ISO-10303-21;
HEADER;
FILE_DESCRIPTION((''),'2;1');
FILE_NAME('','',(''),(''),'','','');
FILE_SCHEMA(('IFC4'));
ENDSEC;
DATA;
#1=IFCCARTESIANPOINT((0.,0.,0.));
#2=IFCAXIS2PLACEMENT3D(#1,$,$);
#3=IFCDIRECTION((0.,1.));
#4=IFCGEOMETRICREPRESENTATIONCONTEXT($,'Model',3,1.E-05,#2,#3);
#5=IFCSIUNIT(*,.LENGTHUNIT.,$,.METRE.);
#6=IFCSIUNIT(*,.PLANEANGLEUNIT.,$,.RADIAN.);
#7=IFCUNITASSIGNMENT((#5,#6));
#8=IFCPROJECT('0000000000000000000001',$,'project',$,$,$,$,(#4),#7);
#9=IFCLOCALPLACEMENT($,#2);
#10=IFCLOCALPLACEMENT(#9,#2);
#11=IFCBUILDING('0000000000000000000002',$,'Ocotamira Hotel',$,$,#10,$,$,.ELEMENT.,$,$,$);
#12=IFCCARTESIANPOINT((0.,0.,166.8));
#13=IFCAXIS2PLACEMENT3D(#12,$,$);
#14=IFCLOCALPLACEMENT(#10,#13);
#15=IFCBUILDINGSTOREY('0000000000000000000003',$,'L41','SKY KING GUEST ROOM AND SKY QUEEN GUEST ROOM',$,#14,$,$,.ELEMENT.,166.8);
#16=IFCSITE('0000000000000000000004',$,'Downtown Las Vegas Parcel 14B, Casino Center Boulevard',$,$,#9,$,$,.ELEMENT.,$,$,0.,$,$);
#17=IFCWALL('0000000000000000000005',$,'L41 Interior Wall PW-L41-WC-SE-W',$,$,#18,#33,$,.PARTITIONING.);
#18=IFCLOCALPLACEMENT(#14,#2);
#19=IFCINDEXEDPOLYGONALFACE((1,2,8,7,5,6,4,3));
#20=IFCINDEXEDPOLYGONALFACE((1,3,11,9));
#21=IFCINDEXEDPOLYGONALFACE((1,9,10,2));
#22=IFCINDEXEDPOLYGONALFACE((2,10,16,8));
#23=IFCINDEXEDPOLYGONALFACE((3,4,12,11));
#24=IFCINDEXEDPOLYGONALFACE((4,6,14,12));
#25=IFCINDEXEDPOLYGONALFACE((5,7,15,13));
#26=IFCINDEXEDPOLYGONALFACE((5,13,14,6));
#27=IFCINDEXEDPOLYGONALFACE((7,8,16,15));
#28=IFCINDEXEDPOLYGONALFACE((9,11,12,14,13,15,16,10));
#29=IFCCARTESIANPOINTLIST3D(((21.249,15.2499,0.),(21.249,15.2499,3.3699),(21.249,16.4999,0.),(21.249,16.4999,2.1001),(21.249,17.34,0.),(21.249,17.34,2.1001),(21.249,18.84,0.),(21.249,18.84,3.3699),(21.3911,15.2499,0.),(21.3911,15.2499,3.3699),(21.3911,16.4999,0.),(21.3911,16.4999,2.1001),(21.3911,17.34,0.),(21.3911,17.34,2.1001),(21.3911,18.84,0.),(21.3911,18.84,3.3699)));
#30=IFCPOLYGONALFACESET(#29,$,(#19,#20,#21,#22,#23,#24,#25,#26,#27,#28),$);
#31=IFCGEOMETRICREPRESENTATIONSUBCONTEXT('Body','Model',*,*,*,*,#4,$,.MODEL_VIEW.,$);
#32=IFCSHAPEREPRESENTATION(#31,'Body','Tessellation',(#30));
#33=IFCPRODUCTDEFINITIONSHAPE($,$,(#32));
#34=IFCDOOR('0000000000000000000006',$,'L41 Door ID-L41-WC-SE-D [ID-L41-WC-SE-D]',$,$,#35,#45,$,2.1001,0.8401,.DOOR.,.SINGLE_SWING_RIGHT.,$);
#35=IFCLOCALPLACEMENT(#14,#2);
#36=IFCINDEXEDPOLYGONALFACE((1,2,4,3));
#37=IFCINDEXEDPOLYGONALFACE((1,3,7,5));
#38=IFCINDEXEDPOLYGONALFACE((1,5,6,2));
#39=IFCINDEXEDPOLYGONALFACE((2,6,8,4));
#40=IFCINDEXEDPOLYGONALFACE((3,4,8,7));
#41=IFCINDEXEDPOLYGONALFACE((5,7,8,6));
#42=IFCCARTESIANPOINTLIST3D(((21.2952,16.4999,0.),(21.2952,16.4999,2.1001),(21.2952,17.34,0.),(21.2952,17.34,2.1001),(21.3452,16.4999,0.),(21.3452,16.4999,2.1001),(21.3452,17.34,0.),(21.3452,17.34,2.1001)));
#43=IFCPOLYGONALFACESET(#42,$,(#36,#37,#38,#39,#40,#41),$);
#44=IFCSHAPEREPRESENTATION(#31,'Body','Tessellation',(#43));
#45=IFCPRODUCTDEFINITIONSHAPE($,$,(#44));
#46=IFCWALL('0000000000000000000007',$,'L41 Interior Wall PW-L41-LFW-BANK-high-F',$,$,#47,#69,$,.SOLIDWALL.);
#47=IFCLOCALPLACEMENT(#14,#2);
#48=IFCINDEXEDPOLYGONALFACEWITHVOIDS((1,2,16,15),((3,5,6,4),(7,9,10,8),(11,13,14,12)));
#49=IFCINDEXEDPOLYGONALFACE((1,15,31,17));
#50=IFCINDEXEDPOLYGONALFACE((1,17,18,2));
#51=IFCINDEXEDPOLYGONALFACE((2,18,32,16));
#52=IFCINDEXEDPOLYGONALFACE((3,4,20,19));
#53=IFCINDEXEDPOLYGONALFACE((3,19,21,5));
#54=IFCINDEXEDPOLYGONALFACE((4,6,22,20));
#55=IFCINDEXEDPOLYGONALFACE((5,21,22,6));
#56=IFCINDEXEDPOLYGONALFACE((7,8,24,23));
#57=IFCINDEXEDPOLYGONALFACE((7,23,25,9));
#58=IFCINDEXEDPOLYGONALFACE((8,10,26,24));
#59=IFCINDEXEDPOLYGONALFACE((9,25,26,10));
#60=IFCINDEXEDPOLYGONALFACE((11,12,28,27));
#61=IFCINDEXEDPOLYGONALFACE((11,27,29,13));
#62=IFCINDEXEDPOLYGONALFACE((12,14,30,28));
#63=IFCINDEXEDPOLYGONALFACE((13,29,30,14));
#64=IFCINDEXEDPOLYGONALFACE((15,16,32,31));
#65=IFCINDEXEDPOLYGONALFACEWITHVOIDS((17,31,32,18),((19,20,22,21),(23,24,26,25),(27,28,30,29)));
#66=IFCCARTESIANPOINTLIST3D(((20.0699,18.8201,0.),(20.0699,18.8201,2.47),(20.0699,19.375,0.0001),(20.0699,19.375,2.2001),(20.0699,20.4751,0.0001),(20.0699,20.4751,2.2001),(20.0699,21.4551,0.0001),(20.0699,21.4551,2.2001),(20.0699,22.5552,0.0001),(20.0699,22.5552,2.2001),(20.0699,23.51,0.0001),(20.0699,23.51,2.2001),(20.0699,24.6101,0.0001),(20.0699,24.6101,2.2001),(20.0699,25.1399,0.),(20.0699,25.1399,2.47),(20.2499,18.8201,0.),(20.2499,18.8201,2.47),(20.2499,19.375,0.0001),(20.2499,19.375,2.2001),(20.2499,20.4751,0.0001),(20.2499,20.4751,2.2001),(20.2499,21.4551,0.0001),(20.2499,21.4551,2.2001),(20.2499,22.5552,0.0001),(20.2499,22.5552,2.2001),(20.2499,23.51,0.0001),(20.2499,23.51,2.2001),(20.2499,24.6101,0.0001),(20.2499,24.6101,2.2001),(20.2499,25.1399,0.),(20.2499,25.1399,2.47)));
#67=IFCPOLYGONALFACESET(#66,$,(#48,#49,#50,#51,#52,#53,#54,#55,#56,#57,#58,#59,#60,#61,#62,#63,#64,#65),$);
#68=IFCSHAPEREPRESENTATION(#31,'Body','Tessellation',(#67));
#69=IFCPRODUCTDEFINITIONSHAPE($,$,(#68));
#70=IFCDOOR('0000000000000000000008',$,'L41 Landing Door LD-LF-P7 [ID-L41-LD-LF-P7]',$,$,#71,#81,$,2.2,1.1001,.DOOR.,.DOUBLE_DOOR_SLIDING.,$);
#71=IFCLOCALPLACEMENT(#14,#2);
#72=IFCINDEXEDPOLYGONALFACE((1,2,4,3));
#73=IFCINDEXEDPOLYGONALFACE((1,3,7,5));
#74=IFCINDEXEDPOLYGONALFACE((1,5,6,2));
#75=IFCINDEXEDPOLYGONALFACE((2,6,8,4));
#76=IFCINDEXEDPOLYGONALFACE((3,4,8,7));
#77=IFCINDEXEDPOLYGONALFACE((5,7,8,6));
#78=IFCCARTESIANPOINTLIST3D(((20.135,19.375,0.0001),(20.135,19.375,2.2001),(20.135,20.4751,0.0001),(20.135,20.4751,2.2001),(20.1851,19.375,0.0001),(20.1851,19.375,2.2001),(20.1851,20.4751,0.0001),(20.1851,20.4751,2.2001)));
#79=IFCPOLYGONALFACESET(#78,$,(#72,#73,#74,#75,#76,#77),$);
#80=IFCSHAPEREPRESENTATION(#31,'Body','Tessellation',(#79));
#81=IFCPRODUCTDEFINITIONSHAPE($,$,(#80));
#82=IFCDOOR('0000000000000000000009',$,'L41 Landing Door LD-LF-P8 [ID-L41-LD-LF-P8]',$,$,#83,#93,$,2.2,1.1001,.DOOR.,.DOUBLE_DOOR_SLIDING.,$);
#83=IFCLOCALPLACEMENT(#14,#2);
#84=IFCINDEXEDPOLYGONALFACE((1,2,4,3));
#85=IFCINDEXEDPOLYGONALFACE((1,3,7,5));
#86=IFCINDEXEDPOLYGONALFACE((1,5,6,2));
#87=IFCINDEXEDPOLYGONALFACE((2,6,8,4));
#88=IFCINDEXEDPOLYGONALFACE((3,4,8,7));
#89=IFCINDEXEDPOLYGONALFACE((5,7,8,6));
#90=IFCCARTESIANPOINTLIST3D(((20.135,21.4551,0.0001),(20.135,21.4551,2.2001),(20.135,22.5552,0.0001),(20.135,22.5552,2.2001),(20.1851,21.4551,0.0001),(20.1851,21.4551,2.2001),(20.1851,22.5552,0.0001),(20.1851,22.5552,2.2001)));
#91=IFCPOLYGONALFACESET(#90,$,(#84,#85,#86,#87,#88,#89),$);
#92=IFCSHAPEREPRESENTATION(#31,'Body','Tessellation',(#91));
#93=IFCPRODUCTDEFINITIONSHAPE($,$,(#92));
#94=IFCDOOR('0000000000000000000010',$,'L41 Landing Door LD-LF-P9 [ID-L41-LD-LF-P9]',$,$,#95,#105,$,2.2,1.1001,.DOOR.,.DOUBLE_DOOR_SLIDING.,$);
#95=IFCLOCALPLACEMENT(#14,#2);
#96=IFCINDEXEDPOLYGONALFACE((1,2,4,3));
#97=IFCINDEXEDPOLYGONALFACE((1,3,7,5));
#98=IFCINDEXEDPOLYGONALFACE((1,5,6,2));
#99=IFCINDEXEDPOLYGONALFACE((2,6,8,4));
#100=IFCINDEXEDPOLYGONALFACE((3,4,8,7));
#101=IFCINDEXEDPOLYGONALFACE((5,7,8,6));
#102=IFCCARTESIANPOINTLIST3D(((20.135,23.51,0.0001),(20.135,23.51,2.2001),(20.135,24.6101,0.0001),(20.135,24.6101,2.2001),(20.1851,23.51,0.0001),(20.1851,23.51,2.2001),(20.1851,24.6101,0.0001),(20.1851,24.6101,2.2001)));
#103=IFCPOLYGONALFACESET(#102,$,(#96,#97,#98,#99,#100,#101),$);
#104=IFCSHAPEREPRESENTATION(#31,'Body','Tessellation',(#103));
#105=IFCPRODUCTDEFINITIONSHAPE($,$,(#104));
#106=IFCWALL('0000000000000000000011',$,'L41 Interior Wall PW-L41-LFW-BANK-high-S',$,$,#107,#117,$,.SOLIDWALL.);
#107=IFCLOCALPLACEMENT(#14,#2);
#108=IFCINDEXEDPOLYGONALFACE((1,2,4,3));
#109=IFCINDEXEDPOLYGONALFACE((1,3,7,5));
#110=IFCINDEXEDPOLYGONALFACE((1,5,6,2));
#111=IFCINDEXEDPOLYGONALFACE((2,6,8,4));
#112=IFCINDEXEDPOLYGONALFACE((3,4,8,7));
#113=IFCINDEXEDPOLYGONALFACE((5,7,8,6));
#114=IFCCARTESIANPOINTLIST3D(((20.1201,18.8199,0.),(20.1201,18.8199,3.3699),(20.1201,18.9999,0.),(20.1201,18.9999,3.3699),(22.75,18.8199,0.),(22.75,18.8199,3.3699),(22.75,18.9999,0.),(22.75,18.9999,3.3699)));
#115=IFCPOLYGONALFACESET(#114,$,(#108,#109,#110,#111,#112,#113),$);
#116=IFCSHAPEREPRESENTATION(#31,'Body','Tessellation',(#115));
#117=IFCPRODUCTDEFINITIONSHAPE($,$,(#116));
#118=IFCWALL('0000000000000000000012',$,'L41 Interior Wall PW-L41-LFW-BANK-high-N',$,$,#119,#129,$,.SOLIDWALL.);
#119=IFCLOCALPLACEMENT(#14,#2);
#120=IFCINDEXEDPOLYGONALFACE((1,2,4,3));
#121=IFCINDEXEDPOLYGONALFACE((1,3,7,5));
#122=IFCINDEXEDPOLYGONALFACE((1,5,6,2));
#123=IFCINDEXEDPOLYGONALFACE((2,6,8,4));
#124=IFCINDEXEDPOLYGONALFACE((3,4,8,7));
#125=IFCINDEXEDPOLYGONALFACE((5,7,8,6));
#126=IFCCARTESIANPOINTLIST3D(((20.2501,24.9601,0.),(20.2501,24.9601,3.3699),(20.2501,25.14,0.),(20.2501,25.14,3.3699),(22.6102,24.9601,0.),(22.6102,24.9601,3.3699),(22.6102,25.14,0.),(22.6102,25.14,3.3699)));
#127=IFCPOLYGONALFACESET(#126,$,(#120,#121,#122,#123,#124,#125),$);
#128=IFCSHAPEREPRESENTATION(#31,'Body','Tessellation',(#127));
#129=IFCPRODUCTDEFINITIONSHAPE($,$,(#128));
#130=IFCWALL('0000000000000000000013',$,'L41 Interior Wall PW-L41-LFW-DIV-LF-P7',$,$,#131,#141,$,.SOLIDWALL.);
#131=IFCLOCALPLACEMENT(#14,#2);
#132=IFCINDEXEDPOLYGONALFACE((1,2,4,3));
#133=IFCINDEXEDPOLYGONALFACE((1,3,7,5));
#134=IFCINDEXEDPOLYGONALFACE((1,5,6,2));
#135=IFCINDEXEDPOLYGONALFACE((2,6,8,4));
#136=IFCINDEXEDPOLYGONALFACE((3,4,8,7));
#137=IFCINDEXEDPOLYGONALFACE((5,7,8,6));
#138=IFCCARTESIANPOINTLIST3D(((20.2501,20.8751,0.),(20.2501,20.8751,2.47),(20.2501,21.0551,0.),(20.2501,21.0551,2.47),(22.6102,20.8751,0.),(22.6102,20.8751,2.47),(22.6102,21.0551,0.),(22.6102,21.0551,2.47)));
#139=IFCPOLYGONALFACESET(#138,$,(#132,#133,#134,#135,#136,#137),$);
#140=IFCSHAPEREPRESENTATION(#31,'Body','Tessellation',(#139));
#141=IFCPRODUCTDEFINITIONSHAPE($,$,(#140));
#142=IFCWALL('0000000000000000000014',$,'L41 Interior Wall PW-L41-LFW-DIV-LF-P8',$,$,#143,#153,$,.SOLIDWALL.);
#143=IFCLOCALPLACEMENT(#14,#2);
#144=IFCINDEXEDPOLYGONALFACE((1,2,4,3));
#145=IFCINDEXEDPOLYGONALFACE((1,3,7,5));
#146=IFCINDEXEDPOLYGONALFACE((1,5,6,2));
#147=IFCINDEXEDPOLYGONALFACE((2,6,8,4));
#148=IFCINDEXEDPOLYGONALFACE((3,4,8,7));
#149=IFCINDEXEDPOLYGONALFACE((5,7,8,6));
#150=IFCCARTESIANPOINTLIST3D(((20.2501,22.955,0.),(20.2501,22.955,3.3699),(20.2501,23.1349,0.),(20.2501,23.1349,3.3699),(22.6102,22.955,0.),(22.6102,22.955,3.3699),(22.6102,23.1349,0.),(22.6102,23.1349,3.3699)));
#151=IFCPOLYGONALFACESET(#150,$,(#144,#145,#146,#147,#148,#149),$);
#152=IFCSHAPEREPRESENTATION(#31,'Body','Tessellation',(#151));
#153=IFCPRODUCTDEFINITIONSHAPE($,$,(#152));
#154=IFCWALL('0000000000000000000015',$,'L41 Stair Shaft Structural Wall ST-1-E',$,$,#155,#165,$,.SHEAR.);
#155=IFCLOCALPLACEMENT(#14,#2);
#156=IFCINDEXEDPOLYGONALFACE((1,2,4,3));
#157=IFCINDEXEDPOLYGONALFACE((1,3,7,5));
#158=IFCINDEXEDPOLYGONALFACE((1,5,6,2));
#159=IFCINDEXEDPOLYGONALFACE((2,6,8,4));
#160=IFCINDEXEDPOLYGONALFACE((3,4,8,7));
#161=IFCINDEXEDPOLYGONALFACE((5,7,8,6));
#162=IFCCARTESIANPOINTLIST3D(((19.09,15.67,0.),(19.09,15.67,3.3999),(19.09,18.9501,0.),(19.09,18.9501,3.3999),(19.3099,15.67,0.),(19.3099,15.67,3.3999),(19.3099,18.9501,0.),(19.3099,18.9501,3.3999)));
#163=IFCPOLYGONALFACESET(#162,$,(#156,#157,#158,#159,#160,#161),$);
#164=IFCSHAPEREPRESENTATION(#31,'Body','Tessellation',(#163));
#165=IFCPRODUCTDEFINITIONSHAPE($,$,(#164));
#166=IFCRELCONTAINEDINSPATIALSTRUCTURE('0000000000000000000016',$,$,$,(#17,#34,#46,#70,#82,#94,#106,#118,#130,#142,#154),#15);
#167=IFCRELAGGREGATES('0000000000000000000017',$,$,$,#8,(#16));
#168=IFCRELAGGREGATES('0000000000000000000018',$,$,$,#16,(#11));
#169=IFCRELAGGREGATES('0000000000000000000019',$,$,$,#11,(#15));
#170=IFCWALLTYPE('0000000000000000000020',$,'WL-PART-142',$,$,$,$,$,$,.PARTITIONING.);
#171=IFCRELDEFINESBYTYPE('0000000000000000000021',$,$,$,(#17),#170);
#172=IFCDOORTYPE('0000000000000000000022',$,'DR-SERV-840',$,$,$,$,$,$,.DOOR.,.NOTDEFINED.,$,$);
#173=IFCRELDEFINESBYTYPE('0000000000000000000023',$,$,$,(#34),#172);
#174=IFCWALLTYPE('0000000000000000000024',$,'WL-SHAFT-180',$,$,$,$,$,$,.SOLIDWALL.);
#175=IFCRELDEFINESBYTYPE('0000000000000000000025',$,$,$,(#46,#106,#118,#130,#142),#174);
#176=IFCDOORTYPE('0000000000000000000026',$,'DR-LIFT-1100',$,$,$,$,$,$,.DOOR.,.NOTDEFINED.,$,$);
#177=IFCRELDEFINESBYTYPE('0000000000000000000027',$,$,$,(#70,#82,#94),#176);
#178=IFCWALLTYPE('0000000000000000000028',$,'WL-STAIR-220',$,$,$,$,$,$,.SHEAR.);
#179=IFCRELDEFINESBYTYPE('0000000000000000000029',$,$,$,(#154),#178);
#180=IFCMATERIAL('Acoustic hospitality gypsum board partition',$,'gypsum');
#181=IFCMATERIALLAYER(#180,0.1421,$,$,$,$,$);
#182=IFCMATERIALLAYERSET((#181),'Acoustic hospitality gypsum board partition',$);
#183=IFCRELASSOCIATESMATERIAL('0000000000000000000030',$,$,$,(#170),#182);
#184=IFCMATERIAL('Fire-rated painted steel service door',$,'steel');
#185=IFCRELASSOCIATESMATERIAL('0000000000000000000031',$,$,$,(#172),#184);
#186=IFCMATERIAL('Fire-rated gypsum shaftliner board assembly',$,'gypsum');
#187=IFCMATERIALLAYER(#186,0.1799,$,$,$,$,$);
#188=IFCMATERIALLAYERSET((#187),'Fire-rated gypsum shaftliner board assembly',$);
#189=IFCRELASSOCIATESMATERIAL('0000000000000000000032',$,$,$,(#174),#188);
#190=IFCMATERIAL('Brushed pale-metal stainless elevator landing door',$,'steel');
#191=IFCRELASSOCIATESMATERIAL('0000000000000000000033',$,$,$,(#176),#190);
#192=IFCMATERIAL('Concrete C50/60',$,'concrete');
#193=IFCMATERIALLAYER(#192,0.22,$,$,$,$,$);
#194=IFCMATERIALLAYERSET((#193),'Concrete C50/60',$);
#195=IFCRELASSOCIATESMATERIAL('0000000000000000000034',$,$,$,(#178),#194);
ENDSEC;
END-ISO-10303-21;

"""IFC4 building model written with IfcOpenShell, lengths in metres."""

from ifc_helpers import new_model, si_unit, direction, frame, frame_2d, origin, place, context, subcontext, project, spatial, rectangle, extrude, source, transform, mapped, material, layer, layer_set, type_object, element, fill, save


model = new_model("IFC4")

# Units and contexts
model_context = context("Model", 3, precision=1e-05, world=origin(), true_north=direction((0.0, 1.0)))
body_context = subcontext(model_context, "Body", "Model", "MODEL_VIEW")
ifc_project = project(units=[si_unit("LENGTHUNIT", "METRE"), si_unit("PLANEANGLEUNIT", "RADIAN")], contexts=[model_context])

# Site, building, storey
site_placement = place(None, origin())
site = spatial("IfcSite", under=ifc_project, at=site_placement, Name="Downtown Las Vegas Parcel 14B, Casino Center Boulevard", CompositionType="ELEMENT", RefElevation=0.0)
building_placement = place(site_placement, origin())
building = spatial("IfcBuilding", under=site, at=building_placement, Name="Ocotamira Hotel", CompositionType="ELEMENT")
storey_placement = place(building_placement, frame((0.0, 0.0, 166.8)))
storey = spatial("IfcBuildingStorey", under=building, at=storey_placement, Name="L41", Description="SKY KING GUEST ROOM AND SKY QUEEN GUEST ROOM", CompositionType="ELEMENT", Elevation=166.8)

# Shared definitions
ifc_material_1 = material(Name="Concrete C50/60", Category="concrete")

# Wall, opening, door
ifc_material_2 = material(Name="Acoustic hospitality gypsum board partition", Category="gypsum")
ifc_layer_1 = layer(ifc_material_2, 0.1421)
ifc_layer_set_1 = layer_set([ifc_layer_1], Name="Acoustic hospitality gypsum board partition")
wall_type_1 = type_object("IfcWallType", Name="WL-PART-142", PredefinedType="PARTITIONING", material=ifc_layer_set_1)
wall_1_placement = place(storey_placement, frame((21.3201, 15.25, 0.0), z_axis=(0.0, 0.0, 1.0), x_axis=(0.0, 1.0, 0.0)))
wall_1 = element("IfcWall", 1, at=wall_1_placement, inside=storey, type_object=wall_type_1, Name="L41 Interior Wall PW-L41-WC-SE-W", PredefinedType="PARTITIONING", context=body_context, shape_type="SweptSolid", body=[
    extrude(rectangle(XDim=3.5901, YDim=0.1421, at=frame_2d((1.7949, 0.0))), origin(), (0.0, 0.0, 1.0), 3.3699),
])
opening_1_placement = place(wall_1_placement, frame((1.25, 0.0, 0.0)))
opening_1 = element("IfcOpeningElement", 2, at=opening_1_placement, cuts=wall_1, PredefinedType="OPENING", context=body_context, shape_type="SweptSolid", body=[
    extrude(rectangle(XDim=0.8401, YDim=2.1001, at=frame_2d((0.4199, 1.05))), frame((0.0, 0.0811, 0.0), z_axis=(0.0, -1.0, 0.0), x_axis=(1.0, 0.0, 0.0)), (0.0, 0.0, 1.0), 0.1621),
])
ifc_material_3 = material(Name="Fire-rated painted steel service door", Category="steel")
door_type_1 = type_object("IfcDoorType", Name="DR-SERV-840", OperationType="NOTDEFINED", PredefinedType="DOOR", material=ifc_material_3)
shared_shape_1 = source(origin(), body_context, "Body", "SweptSolid", [
    extrude(rectangle(XDim=0.8401, YDim=2.1001, at=frame_2d((0.4199, 1.05))), frame((0.0, 0.0249, 0.0), z_axis=(0.0, -1.0, 0.0), x_axis=(1.0, 0.0, 0.0)), (0.0, 0.0, 1.0), 0.05),
])
door_1_placement = place(opening_1_placement, origin())
door_1 = element("IfcDoor", 3, at=door_1_placement, inside=storey, type_object=door_type_1, Name="L41 Door ID-L41-WC-SE-D [ID-L41-WC-SE-D]", OperationType="SINGLE_SWING_RIGHT", OverallHeight=2.1001, OverallWidth=0.8401, PredefinedType="DOOR", context=body_context, shape_type="MappedRepresentation", body=[
    mapped(shared_shape_1, transform((0.0, 0.0, 0.0), scale=1.0)),
])
fill(opening_1, door_1)

# Wall, openings, doors
ifc_material_4 = material(Name="Fire-rated gypsum shaftliner board assembly", Category="gypsum")
ifc_layer_2 = layer(ifc_material_4, 0.1799)
ifc_layer_set_2 = layer_set([ifc_layer_2], Name="Fire-rated gypsum shaftliner board assembly")
wall_type_2 = type_object("IfcWallType", Name="WL-SHAFT-180", PredefinedType="SOLIDWALL", material=ifc_layer_set_2)
wall_2_placement = place(storey_placement, frame((20.1599, 18.8201, 0.0), z_axis=(0.0, 0.0, 1.0), x_axis=(0.0, 1.0, 0.0)))
wall_2 = element("IfcWall", 4, at=wall_2_placement, inside=storey, type_object=wall_type_2, Name="L41 Interior Wall PW-L41-LFW-BANK-high-F", PredefinedType="SOLIDWALL", context=body_context, shape_type="SweptSolid", body=[
    extrude(rectangle(XDim=6.3198, YDim=0.1799, at=frame_2d((3.1599, 0.0))), origin(), (0.0, 0.0, 1.0), 2.47),
])
opening_2_placement = place(wall_2_placement, frame((0.5549, 0.0, 0.0)))
opening_2 = element("IfcOpeningElement", 5, at=opening_2_placement, cuts=wall_2, PredefinedType="OPENING", context=body_context, shape_type="SweptSolid", body=[
    extrude(rectangle(XDim=1.1001, YDim=2.2, at=frame_2d((0.55, 1.1001))), frame((0.0, 0.1001, 0.0), z_axis=(0.0, -1.0, 0.0), x_axis=(1.0, 0.0, 0.0)), (0.0, 0.0, 1.0), 0.2),
])
opening_3_placement = place(wall_2_placement, frame((2.635, 0.0, 0.0)))
opening_3 = element("IfcOpeningElement", 6, at=opening_3_placement, cuts=wall_2, PredefinedType="OPENING", context=body_context, shape_type="SweptSolid", body=[
    extrude(rectangle(XDim=1.1001, YDim=2.2, at=frame_2d((0.55, 1.1001))), frame((0.0, 0.1001, 0.0), z_axis=(0.0, -1.0, 0.0), x_axis=(1.0, 0.0, 0.0)), (0.0, 0.0, 1.0), 0.2),
])
opening_4_placement = place(wall_2_placement, frame((4.6899, 0.0, 0.0)))
opening_4 = element("IfcOpeningElement", 7, at=opening_4_placement, cuts=wall_2, PredefinedType="OPENING", context=body_context, shape_type="SweptSolid", body=[
    extrude(rectangle(XDim=1.1001, YDim=2.2, at=frame_2d((0.55, 1.1001))), frame((0.0, 0.1001, 0.0), z_axis=(0.0, -1.0, 0.0), x_axis=(1.0, 0.0, 0.0)), (0.0, 0.0, 1.0), 0.2),
])
ifc_material_5 = material(Name="Brushed pale-metal stainless elevator landing door", Category="steel")
door_type_2 = type_object("IfcDoorType", Name="DR-LIFT-1100", OperationType="NOTDEFINED", PredefinedType="DOOR", material=ifc_material_5)
shared_shape_2 = source(origin(), body_context, "Body", "SweptSolid", [
    extrude(rectangle(XDim=1.1001, YDim=2.2, at=frame_2d((0.55, 1.1001))), frame((0.0, 0.0249, 0.0), z_axis=(0.0, -1.0, 0.0), x_axis=(1.0, 0.0, 0.0)), (0.0, 0.0, 1.0), 0.05),
])
door_2_placement = place(opening_2_placement, origin())
door_2 = element("IfcDoor", 8, at=door_2_placement, inside=storey, type_object=door_type_2, Name="L41 Landing Door LD-LF-P7 [ID-L41-LD-LF-P7]", OperationType="DOUBLE_DOOR_SLIDING", OverallHeight=2.2, OverallWidth=1.1001, PredefinedType="DOOR", context=body_context, shape_type="MappedRepresentation", body=[
    mapped(shared_shape_2, transform((0.0, 0.0, 0.0), scale=1.0)),
])
fill(opening_2, door_2)
door_3_placement = place(opening_3_placement, origin())
door_3 = element("IfcDoor", 9, at=door_3_placement, inside=storey, type_object=door_type_2, Name="L41 Landing Door LD-LF-P8 [ID-L41-LD-LF-P8]", OperationType="DOUBLE_DOOR_SLIDING", OverallHeight=2.2, OverallWidth=1.1001, PredefinedType="DOOR", context=body_context, shape_type="MappedRepresentation", body=[
    mapped(shared_shape_2, transform((0.0, 0.0, 0.0), scale=1.0)),
])
fill(opening_3, door_3)
door_4_placement = place(opening_4_placement, origin())
door_4 = element("IfcDoor", 10, at=door_4_placement, inside=storey, type_object=door_type_2, Name="L41 Landing Door LD-LF-P9 [ID-L41-LD-LF-P9]", OperationType="DOUBLE_DOOR_SLIDING", OverallHeight=2.2, OverallWidth=1.1001, PredefinedType="DOOR", context=body_context, shape_type="MappedRepresentation", body=[
    mapped(shared_shape_2, transform((0.0, 0.0, 0.0), scale=1.0)),
])
fill(opening_4, door_4)

# Walls
wall_3_placement = place(storey_placement, frame((20.1201, 18.9099, 0.0), z_axis=(0.0, 0.0, 1.0), x_axis=(1.0, 0.0, 0.0)))
element("IfcWall", 11, at=wall_3_placement, inside=storey, type_object=wall_type_2, Name="L41 Interior Wall PW-L41-LFW-BANK-high-S", PredefinedType="SOLIDWALL", context=body_context, shape_type="SweptSolid", body=[
    extrude(rectangle(XDim=2.6299, YDim=0.1799, at=frame_2d((1.3149, 0.0))), origin(), (0.0, 0.0, 1.0), 3.3699),
])
wall_4_placement = place(storey_placement, frame((20.25, 25.05, 0.0), z_axis=(0.0, 0.0, 1.0), x_axis=(1.0, 0.0, 0.0)))
element("IfcWall", 12, at=wall_4_placement, inside=storey, type_object=wall_type_2, Name="L41 Interior Wall PW-L41-LFW-BANK-high-N", PredefinedType="SOLIDWALL", context=body_context, shape_type="SweptSolid", body=[
    extrude(rectangle(XDim=2.3601, YDim=0.1799, at=frame_2d((1.1802, 0.0))), origin(), (0.0, 0.0, 1.0), 3.3699),
])
wall_5_placement = place(storey_placement, frame((20.25, 20.9651, 0.0), z_axis=(0.0, 0.0, 1.0), x_axis=(1.0, 0.0, 0.0)))
element("IfcWall", 13, at=wall_5_placement, inside=storey, type_object=wall_type_2, Name="L41 Interior Wall PW-L41-LFW-DIV-LF-P7", PredefinedType="SOLIDWALL", context=body_context, shape_type="SweptSolid", body=[
    extrude(rectangle(XDim=2.3601, YDim=0.1799, at=frame_2d((1.1802, 0.0))), origin(), (0.0, 0.0, 1.0), 2.47),
])
wall_6_placement = place(storey_placement, frame((20.25, 23.0449, 0.0), z_axis=(0.0, 0.0, 1.0), x_axis=(1.0, 0.0, 0.0)))
element("IfcWall", 14, at=wall_6_placement, inside=storey, type_object=wall_type_2, Name="L41 Interior Wall PW-L41-LFW-DIV-LF-P8", PredefinedType="SOLIDWALL", context=body_context, shape_type="SweptSolid", body=[
    extrude(rectangle(XDim=2.3601, YDim=0.1799, at=frame_2d((1.1802, 0.0))), origin(), (0.0, 0.0, 1.0), 3.3699),
])
ifc_layer_3 = layer(ifc_material_1, 0.22)
ifc_layer_set_3 = layer_set([ifc_layer_3], Name="Concrete C50/60")
wall_type_3 = type_object("IfcWallType", Name="WL-STAIR-220", PredefinedType="SHEAR", material=ifc_layer_set_3)
wall_7_placement = place(storey_placement, frame((19.2, 15.6699, 0.0), z_axis=(0.0, 0.0, 1.0), x_axis=(0.0, 1.0, 0.0)))
element("IfcWall", 15, at=wall_7_placement, inside=storey, type_object=wall_type_3, Name="L41 Stair Shaft Structural Wall ST-1-E", PredefinedType="SHEAR", context=body_context, shape_type="SweptSolid", body=[
    extrude(rectangle(XDim=3.28, YDim=0.22, at=frame_2d((1.6401, 0.0))), origin(), (0.0, 0.0, 1.0), 3.3999),
])

save(model, "model.ifc")
